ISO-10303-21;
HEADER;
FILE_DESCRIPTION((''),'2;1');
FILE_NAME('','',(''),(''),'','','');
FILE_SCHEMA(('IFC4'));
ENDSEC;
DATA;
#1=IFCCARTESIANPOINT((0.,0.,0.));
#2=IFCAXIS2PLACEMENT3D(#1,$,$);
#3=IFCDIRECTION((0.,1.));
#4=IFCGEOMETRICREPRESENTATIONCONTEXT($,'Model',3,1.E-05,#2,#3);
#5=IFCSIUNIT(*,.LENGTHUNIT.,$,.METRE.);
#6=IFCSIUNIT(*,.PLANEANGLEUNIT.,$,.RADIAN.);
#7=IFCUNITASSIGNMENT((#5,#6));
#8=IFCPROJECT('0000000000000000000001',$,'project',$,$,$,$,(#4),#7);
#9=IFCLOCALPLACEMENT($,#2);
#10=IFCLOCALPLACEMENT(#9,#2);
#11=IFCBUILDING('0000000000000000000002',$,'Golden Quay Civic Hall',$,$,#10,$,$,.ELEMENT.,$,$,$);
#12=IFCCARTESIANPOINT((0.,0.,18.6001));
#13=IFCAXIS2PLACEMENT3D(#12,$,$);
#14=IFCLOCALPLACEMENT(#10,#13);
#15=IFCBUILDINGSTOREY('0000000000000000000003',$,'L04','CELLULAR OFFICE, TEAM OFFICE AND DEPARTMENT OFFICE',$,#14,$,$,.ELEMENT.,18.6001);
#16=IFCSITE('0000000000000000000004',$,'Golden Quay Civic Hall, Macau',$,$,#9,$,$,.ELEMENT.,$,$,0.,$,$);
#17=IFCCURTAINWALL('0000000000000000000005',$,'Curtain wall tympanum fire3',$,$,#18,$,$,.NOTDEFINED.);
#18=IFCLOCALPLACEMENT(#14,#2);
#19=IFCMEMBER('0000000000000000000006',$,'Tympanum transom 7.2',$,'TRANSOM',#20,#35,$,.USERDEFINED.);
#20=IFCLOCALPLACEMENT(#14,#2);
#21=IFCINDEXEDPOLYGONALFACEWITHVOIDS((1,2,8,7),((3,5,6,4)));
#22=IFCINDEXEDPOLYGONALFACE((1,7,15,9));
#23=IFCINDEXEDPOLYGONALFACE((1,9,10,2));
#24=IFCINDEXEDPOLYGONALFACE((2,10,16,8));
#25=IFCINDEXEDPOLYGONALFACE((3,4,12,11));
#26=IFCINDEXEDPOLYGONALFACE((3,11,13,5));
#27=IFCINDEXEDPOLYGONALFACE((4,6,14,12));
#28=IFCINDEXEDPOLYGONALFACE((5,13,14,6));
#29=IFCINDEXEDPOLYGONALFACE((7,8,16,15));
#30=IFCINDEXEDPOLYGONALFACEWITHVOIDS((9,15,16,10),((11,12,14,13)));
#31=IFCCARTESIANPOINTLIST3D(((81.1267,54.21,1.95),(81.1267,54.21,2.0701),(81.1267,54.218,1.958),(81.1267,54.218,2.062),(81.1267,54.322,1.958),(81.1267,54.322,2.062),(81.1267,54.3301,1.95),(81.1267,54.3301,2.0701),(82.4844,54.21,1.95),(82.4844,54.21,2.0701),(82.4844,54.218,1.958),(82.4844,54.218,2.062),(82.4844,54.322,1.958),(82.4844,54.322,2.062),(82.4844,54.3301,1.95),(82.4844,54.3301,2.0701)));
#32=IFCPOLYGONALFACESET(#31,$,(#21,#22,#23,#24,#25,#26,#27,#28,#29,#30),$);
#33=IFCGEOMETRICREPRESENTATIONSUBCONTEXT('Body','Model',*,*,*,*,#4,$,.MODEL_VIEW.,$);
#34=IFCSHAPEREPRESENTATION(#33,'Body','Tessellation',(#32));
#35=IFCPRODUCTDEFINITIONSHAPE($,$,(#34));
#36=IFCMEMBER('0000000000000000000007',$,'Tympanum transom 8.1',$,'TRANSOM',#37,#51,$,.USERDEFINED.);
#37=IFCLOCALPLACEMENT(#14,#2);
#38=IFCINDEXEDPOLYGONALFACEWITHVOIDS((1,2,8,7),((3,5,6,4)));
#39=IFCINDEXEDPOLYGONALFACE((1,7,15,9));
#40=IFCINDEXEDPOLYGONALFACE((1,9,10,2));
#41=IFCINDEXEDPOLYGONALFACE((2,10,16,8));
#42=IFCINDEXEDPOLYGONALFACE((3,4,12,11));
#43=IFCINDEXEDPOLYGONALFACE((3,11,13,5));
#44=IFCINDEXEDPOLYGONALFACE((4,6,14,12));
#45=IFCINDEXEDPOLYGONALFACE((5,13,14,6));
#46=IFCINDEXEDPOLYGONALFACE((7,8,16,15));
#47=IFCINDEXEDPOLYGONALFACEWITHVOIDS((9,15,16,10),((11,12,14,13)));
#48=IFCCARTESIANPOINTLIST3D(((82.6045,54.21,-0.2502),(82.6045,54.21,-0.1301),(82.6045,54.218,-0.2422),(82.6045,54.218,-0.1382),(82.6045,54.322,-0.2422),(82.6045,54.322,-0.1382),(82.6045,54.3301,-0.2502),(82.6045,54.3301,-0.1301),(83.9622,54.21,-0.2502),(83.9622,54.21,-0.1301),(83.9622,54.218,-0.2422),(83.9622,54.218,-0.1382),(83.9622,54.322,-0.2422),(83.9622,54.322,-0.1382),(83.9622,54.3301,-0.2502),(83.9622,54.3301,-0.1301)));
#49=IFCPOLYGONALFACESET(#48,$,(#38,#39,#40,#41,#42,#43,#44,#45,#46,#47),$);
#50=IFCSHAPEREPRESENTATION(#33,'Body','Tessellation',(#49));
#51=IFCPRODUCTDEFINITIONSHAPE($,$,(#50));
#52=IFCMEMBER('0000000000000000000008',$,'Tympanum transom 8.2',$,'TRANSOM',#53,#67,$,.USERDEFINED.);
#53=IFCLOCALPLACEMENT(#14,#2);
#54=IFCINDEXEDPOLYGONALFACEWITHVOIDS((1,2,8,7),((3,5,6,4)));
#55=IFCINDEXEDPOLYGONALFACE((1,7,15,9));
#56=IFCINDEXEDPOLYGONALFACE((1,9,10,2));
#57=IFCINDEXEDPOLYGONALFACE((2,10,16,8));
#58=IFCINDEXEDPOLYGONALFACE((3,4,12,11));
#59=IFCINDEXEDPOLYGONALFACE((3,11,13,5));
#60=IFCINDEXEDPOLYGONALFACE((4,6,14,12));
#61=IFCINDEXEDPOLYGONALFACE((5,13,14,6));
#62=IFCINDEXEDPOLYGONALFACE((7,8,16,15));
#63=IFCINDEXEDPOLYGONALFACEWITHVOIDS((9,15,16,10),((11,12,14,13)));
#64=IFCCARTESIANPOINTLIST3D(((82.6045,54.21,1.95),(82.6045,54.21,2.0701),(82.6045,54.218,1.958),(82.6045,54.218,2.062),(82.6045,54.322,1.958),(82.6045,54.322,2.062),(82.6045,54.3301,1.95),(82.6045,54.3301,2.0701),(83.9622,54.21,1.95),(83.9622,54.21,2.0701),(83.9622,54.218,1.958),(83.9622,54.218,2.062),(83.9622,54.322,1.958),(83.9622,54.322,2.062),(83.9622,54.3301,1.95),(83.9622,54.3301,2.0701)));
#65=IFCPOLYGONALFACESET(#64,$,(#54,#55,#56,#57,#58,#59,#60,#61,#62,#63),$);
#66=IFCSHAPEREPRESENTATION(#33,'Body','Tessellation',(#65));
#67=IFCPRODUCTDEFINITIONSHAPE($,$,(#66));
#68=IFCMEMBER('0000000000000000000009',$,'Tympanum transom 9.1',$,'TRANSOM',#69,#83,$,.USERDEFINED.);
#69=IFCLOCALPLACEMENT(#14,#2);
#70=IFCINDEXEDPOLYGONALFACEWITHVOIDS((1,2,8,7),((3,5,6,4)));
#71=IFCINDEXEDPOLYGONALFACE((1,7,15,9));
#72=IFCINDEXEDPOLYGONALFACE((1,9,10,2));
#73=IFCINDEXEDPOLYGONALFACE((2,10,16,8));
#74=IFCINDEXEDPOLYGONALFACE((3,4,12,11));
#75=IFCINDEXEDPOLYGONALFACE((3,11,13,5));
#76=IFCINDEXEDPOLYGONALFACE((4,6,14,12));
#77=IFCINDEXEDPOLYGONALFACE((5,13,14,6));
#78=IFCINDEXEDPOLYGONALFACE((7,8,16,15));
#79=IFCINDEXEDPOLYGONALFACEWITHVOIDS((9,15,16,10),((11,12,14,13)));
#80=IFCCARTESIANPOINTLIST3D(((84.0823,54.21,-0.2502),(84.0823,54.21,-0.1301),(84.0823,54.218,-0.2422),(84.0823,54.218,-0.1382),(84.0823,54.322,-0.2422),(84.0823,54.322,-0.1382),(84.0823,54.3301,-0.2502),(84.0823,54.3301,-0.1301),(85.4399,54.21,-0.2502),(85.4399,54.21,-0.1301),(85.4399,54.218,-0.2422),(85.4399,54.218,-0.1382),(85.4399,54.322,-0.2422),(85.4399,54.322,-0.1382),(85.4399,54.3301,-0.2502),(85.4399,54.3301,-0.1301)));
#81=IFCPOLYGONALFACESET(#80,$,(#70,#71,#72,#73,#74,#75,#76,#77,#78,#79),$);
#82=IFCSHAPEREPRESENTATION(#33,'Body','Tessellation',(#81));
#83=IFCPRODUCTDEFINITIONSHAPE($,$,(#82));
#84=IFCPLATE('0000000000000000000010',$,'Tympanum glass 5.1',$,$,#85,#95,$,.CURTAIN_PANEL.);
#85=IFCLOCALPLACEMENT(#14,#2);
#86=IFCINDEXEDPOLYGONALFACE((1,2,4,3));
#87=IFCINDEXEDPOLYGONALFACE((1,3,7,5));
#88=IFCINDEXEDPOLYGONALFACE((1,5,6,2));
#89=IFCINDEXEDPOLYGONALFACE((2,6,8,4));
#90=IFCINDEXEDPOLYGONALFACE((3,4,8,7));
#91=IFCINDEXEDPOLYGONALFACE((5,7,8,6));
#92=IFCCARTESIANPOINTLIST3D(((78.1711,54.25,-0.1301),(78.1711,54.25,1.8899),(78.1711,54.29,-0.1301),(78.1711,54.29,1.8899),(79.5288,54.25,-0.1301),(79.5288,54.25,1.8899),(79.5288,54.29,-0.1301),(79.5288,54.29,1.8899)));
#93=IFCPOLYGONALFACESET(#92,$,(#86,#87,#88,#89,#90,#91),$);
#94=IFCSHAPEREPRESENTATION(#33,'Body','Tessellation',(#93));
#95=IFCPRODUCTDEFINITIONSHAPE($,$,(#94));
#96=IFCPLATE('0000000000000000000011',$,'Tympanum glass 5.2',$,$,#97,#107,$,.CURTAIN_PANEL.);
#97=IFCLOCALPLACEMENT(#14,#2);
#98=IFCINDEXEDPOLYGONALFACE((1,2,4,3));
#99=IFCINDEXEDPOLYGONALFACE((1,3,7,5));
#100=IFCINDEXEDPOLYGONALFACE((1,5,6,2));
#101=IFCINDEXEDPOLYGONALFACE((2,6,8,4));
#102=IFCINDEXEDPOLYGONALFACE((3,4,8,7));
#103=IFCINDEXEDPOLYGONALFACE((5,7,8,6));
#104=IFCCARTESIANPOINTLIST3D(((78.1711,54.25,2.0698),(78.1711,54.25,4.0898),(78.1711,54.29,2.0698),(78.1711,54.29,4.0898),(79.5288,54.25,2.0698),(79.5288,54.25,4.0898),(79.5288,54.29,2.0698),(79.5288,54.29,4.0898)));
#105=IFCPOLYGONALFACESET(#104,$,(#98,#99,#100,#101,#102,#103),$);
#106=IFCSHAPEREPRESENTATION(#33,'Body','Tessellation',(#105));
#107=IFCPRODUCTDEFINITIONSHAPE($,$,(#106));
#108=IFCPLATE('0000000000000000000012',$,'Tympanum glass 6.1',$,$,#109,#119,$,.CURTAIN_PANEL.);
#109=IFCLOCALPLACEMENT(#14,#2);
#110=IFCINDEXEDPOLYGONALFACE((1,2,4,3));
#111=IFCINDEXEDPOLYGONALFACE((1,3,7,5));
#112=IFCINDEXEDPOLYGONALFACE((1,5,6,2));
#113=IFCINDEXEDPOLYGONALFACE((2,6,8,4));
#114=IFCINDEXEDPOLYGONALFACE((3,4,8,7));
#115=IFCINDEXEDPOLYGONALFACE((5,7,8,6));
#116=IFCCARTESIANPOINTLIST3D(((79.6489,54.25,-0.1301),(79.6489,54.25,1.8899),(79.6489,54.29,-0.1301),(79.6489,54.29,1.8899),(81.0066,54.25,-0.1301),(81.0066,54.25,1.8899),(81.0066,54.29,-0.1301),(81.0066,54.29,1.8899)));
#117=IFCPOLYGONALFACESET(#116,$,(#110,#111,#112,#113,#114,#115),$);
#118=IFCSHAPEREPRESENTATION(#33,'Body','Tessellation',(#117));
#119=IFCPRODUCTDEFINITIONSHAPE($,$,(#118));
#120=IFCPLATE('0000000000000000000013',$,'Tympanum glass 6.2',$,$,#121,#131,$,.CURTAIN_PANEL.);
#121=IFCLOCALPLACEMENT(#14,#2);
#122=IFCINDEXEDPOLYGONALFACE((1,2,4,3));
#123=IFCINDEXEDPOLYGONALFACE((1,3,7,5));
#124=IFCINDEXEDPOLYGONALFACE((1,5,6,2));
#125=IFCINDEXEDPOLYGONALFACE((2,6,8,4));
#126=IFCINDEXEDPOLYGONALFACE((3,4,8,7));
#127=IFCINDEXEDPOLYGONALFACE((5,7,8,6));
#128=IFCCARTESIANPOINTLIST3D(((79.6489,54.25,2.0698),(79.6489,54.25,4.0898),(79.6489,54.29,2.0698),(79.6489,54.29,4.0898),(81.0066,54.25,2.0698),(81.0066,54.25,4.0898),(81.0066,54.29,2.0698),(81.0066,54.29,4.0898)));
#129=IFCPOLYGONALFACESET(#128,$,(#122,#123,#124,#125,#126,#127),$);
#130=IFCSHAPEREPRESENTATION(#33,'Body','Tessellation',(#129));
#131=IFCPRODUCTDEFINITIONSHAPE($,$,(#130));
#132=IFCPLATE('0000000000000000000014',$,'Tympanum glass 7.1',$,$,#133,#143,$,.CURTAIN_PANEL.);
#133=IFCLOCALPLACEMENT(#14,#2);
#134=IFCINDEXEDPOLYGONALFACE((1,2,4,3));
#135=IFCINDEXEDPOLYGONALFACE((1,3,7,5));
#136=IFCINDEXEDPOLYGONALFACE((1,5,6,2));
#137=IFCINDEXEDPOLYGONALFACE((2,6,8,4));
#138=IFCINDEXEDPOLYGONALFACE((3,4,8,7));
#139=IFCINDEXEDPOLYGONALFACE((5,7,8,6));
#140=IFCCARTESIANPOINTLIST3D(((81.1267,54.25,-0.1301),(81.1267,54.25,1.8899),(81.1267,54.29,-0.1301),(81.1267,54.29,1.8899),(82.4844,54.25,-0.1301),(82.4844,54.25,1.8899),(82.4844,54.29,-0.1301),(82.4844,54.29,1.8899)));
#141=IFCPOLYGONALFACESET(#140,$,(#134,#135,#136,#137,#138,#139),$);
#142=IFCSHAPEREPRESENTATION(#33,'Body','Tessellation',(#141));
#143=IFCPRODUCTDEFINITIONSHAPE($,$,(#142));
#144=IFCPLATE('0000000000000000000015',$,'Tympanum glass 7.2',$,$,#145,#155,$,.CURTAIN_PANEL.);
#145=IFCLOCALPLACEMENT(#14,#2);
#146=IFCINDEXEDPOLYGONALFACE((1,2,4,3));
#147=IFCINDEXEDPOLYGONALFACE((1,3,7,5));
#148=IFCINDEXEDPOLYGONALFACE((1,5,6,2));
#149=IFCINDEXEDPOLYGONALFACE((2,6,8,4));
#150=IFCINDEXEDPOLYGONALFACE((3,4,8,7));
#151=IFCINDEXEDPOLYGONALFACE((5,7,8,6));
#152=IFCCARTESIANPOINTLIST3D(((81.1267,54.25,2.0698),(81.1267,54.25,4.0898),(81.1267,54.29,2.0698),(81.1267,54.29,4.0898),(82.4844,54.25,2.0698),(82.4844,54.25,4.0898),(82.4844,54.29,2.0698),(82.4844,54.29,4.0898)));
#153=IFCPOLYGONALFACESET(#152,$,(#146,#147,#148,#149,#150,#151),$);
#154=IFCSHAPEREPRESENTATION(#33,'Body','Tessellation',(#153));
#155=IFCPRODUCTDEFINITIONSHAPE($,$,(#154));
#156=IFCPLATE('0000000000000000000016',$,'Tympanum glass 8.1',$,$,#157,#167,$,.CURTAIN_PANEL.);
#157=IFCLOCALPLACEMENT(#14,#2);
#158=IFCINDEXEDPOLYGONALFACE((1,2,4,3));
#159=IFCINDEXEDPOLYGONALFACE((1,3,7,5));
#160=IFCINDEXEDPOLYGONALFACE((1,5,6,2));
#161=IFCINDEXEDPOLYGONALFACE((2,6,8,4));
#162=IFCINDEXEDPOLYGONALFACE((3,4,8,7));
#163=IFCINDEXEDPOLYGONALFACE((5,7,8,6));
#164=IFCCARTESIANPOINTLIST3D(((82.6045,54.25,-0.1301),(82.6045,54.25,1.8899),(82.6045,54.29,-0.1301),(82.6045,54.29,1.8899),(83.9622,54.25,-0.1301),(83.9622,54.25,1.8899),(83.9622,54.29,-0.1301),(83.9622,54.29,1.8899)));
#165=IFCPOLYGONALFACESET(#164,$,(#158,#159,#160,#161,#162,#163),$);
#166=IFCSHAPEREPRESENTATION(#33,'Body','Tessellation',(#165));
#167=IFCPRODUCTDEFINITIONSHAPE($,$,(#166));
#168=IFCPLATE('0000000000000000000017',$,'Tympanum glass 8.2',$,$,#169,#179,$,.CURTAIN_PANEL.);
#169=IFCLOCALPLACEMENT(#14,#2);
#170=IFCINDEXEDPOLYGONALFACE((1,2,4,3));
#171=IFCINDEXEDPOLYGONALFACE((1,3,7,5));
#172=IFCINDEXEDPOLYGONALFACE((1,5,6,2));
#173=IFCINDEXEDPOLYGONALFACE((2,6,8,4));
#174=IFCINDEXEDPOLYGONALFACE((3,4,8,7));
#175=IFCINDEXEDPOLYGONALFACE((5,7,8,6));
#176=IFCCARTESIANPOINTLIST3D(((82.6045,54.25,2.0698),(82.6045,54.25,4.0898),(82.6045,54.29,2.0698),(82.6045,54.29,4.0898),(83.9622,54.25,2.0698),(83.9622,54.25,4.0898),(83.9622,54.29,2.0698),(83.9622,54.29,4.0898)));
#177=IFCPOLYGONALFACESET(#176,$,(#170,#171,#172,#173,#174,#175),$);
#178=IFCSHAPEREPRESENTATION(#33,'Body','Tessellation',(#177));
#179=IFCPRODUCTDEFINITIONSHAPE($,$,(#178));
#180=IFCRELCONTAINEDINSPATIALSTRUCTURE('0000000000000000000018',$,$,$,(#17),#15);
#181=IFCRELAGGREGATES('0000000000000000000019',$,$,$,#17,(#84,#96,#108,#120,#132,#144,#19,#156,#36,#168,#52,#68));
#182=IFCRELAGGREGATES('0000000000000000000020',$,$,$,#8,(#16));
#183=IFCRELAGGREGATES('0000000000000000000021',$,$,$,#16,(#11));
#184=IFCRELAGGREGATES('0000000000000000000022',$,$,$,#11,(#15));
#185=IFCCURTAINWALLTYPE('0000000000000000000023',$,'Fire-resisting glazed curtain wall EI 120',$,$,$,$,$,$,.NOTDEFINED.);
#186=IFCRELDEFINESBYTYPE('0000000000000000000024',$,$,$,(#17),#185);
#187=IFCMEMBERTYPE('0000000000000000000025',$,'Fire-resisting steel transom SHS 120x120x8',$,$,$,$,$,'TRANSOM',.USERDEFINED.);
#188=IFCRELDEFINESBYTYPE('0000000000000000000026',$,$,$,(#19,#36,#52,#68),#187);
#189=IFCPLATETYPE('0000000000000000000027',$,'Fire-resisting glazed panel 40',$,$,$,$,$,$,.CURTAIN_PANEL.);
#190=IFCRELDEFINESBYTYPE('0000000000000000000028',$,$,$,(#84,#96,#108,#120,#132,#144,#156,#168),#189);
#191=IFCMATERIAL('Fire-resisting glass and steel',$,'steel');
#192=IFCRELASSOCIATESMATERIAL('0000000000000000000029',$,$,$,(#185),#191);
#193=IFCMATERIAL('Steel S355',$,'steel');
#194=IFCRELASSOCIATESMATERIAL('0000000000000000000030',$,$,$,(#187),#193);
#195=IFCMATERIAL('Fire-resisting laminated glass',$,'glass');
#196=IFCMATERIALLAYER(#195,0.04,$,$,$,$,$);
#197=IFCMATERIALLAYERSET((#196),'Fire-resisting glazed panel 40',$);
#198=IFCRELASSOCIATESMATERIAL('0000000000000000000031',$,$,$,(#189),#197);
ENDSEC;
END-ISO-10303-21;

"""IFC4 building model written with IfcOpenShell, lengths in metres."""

from ifc_helpers import new_model, si_unit, direction, frame, origin, origin_2d, place, context, subcontext, project, spatial, polyline, hollow_rectangle, outline, extrude, material, layer, layer_set, material_profile, profile_set, type_object, element, aggregate, save


model = new_model("IFC4")

# Units and contexts
model_context = context("Model", 3, precision=1e-05, world=origin(), true_north=direction((0.0, 1.0)))
body_context = subcontext(model_context, "Body", "Model", "MODEL_VIEW")
ifc_project = project(units=[si_unit("LENGTHUNIT", "METRE"), si_unit("PLANEANGLEUNIT", "RADIAN")], contexts=[model_context])

# Site, building, storey
site_placement = place(None, origin())
site = spatial("IfcSite", under=ifc_project, at=site_placement, Name="Golden Quay Civic Hall, Macau", CompositionType="ELEMENT", RefElevation=0.0)
building_placement = place(site_placement, origin())
building = spatial("IfcBuilding", under=site, at=building_placement, Name="Golden Quay Civic Hall", CompositionType="ELEMENT")
storey_placement = place(building_placement, frame((0.0, 0.0, 18.6001)))
storey = spatial("IfcBuildingStorey", under=building, at=storey_placement, Name="L04", Description="CELLULAR OFFICE, TEAM OFFICE AND DEPARTMENT OFFICE", CompositionType="ELEMENT", Elevation=18.6001)

# Curtain wall, members, plates
ifc_material_1 = material(Name="Fire-resisting glass and steel", Category="steel")
curtain_wall_type = type_object("IfcCurtainWallType", Name="Fire-resisting glazed curtain wall EI 120", PredefinedType="NOTDEFINED", material=ifc_material_1)
curtain_wall_placement = place(storey_placement, origin())
curtain_wall = element("IfcCurtainWall", 1, at=curtain_wall_placement, inside=storey, type_object=curtain_wall_type, Name="Curtain wall tympanum fire3", PredefinedType="NOTDEFINED")
ifc_material_2 = material(Name="Steel S355", Category="steel")
ifc_material_profile_1 = material_profile(ifc_material_2, hollow_rectangle(XDim=0.1201, YDim=0.1201, WallThickness=0.0081, at=origin_2d()), Name="SHS 120x120x8")
ifc_profile_set_1 = profile_set([ifc_material_profile_1], Name="Steel S355")
member_type_1 = type_object("IfcMemberType", Name="Fire-resisting steel transom SHS 120x120x8", ElementType="TRANSOM", PredefinedType="USERDEFINED", material=ifc_profile_set_1)
member_1_placement = place(storey_placement, frame((81.1267, 54.27, 2.01), z_axis=(1.0, 0.0, 0.0), x_axis=(0.0, 1.0, 0.0)))
member_1 = element("IfcMember", 2, at=member_1_placement, type_object=member_type_1, Name="Tympanum transom 7.2", ObjectType="TRANSOM", PredefinedType="USERDEFINED", context=body_context, shape_type="SweptSolid", body=[
    extrude(hollow_rectangle(XDim=0.1201, YDim=0.1201, WallThickness=0.0081, at=origin_2d()), origin(), (0.0, 0.0, 1.0), 1.3577),
])
member_2_placement = place(storey_placement, frame((82.6045, 54.27, -0.1902), z_axis=(1.0, 0.0, 0.0), x_axis=(0.0, 1.0, 0.0)))
member_2 = element("IfcMember", 3, at=member_2_placement, type_object=member_type_1, Name="Tympanum transom 8.1", ObjectType="TRANSOM", PredefinedType="USERDEFINED", context=body_context, shape_type="SweptSolid", body=[
    extrude(hollow_rectangle(XDim=0.1201, YDim=0.1201, WallThickness=0.0081, at=origin_2d()), origin(), (0.0, 0.0, 1.0), 1.3577),
])
member_3_placement = place(storey_placement, frame((82.6045, 54.27, 2.01), z_axis=(1.0, 0.0, 0.0), x_axis=(0.0, 1.0, 0.0)))
member_3 = element("IfcMember", 4, at=member_3_placement, type_object=member_type_1, Name="Tympanum transom 8.2", ObjectType="TRANSOM", PredefinedType="USERDEFINED", context=body_context, shape_type="SweptSolid", body=[
    extrude(hollow_rectangle(XDim=0.1201, YDim=0.1201, WallThickness=0.0081, at=origin_2d()), origin(), (0.0, 0.0, 1.0), 1.3577),
])
member_4_placement = place(storey_placement, frame((84.0823, 54.27, -0.1902), z_axis=(1.0, 0.0, 0.0), x_axis=(0.0, 1.0, 0.0)))
member_4 = element("IfcMember", 5, at=member_4_placement, type_object=member_type_1, Name="Tympanum transom 9.1", ObjectType="TRANSOM", PredefinedType="USERDEFINED", context=body_context, shape_type="SweptSolid", body=[
    extrude(hollow_rectangle(XDim=0.1201, YDim=0.1201, WallThickness=0.0081, at=origin_2d()), origin(), (0.0, 0.0, 1.0), 1.3577),
])
ifc_material_3 = material(Name="Fire-resisting laminated glass", Category="glass")
ifc_layer = layer(ifc_material_3, 0.04)
ifc_layer_set = layer_set([ifc_layer], Name="Fire-resisting glazed panel 40")
plate_type = type_object("IfcPlateType", Name="Fire-resisting glazed panel 40", PredefinedType="CURTAIN_PANEL", material=ifc_layer_set)
plate_1_placement = place(storey_placement, frame((79.5288, 54.29, -0.1301), z_axis=(0.0, 1.0, 0.0), x_axis=(-1.0, 0.0, 0.0)))
plate_1 = element("IfcPlate", 6, at=plate_1_placement, type_object=plate_type, Name="Tympanum glass 5.1", PredefinedType="CURTAIN_PANEL", context=body_context, shape_type="SweptSolid", body=[
    extrude(outline(polyline([(0.0, 0.0), (1.3577, 0.0), (1.3577, 2.02), (0.0, 2.02), (0.0, 0.0)])), origin(), (0.0, 0.0, -1.0), 0.04),
])
plate_2_placement = place(storey_placement, frame((79.5288, 54.29, 2.0698), z_axis=(0.0, 1.0, 0.0), x_axis=(-1.0, 0.0, 0.0)))
plate_2 = element("IfcPlate", 7, at=plate_2_placement, type_object=plate_type, Name="Tympanum glass 5.2", PredefinedType="CURTAIN_PANEL", context=body_context, shape_type="SweptSolid", body=[
    extrude(outline(polyline([(0.0, 0.0), (1.3577, 0.0), (1.3577, 2.02), (0.0, 2.02), (0.0, 0.0)])), origin(), (0.0, 0.0, -1.0), 0.04),
])
plate_3_placement = place(storey_placement, frame((81.0066, 54.29, -0.1301), z_axis=(0.0, 1.0, 0.0), x_axis=(-1.0, 0.0, 0.0)))
plate_3 = element("IfcPlate", 8, at=plate_3_placement, type_object=plate_type, Name="Tympanum glass 6.1", PredefinedType="CURTAIN_PANEL", context=body_context, shape_type="SweptSolid", body=[
    extrude(outline(polyline([(0.0, 0.0), (1.3577, 0.0), (1.3577, 2.02), (0.0, 2.02), (0.0, 0.0)])), origin(), (0.0, 0.0, -1.0), 0.04),
])
plate_4_placement = place(storey_placement, frame((81.0066, 54.29, 2.0698), z_axis=(0.0, 1.0, 0.0), x_axis=(-1.0, 0.0, 0.0)))
plate_4 = element("IfcPlate", 9, at=plate_4_placement, type_object=plate_type, Name="Tympanum glass 6.2", PredefinedType="CURTAIN_PANEL", context=body_context, shape_type="SweptSolid", body=[
    extrude(outline(polyline([(0.0, 0.0), (1.3577, 0.0), (1.3577, 2.02), (0.0, 2.02), (0.0, 0.0)])), origin(), (0.0, 0.0, -1.0), 0.04),
])
plate_5_placement = place(storey_placement, frame((82.4844, 54.29, -0.1301), z_axis=(0.0, 1.0, 0.0), x_axis=(-1.0, 0.0, 0.0)))
plate_5 = element("IfcPlate", 10, at=plate_5_placement, type_object=plate_type, Name="Tympanum glass 7.1", PredefinedType="CURTAIN_PANEL", context=body_context, shape_type="SweptSolid", body=[
    extrude(outline(polyline([(0.0, 0.0), (1.3577, 0.0), (1.3577, 2.02), (0.0, 2.02), (0.0, 0.0)])), origin(), (0.0, 0.0, -1.0), 0.04),
])
plate_6_placement = place(storey_placement, frame((82.4844, 54.29, 2.0698), z_axis=(0.0, 1.0, 0.0), x_axis=(-1.0, 0.0, 0.0)))
plate_6 = element("IfcPlate", 11, at=plate_6_placement, type_object=plate_type, Name="Tympanum glass 7.2", PredefinedType="CURTAIN_PANEL", context=body_context, shape_type="SweptSolid", body=[
    extrude(outline(polyline([(0.0, 0.0), (1.3577, 0.0), (1.3577, 2.02), (0.0, 2.02), (0.0, 0.0)])), origin(), (0.0, 0.0, -1.0), 0.04),
])
plate_7_placement = place(storey_placement, frame((83.9622, 54.29, -0.1301), z_axis=(0.0, 1.0, 0.0), x_axis=(-1.0, 0.0, 0.0)))
plate_7 = element("IfcPlate", 12, at=plate_7_placement, type_object=plate_type, Name="Tympanum glass 8.1", PredefinedType="CURTAIN_PANEL", context=body_context, shape_type="SweptSolid", body=[
    extrude(outline(polyline([(0.0, 0.0), (1.3577, 0.0), (1.3577, 2.02), (0.0, 2.02), (0.0, 0.0)])), origin(), (0.0, 0.0, -1.0), 0.04),
])
plate_8_placement = place(storey_placement, frame((83.9622, 54.29, 2.0698), z_axis=(0.0, 1.0, 0.0), x_axis=(-1.0, 0.0, 0.0)))
plate_8 = element("IfcPlate", 13, at=plate_8_placement, type_object=plate_type, Name="Tympanum glass 8.2", PredefinedType="CURTAIN_PANEL", context=body_context, shape_type="SweptSolid", body=[
    extrude(outline(polyline([(0.0, 0.0), (1.3577, 0.0), (1.3577, 2.02), (0.0, 2.02), (0.0, 0.0)])), origin(), (0.0, 0.0, -1.0), 0.04),
])
aggregate(curtain_wall, [plate_1, plate_2, plate_3, plate_4, plate_5, plate_6, member_1, plate_7, member_2, plate_8, member_3, member_4])

save(model, "model.ifc")
